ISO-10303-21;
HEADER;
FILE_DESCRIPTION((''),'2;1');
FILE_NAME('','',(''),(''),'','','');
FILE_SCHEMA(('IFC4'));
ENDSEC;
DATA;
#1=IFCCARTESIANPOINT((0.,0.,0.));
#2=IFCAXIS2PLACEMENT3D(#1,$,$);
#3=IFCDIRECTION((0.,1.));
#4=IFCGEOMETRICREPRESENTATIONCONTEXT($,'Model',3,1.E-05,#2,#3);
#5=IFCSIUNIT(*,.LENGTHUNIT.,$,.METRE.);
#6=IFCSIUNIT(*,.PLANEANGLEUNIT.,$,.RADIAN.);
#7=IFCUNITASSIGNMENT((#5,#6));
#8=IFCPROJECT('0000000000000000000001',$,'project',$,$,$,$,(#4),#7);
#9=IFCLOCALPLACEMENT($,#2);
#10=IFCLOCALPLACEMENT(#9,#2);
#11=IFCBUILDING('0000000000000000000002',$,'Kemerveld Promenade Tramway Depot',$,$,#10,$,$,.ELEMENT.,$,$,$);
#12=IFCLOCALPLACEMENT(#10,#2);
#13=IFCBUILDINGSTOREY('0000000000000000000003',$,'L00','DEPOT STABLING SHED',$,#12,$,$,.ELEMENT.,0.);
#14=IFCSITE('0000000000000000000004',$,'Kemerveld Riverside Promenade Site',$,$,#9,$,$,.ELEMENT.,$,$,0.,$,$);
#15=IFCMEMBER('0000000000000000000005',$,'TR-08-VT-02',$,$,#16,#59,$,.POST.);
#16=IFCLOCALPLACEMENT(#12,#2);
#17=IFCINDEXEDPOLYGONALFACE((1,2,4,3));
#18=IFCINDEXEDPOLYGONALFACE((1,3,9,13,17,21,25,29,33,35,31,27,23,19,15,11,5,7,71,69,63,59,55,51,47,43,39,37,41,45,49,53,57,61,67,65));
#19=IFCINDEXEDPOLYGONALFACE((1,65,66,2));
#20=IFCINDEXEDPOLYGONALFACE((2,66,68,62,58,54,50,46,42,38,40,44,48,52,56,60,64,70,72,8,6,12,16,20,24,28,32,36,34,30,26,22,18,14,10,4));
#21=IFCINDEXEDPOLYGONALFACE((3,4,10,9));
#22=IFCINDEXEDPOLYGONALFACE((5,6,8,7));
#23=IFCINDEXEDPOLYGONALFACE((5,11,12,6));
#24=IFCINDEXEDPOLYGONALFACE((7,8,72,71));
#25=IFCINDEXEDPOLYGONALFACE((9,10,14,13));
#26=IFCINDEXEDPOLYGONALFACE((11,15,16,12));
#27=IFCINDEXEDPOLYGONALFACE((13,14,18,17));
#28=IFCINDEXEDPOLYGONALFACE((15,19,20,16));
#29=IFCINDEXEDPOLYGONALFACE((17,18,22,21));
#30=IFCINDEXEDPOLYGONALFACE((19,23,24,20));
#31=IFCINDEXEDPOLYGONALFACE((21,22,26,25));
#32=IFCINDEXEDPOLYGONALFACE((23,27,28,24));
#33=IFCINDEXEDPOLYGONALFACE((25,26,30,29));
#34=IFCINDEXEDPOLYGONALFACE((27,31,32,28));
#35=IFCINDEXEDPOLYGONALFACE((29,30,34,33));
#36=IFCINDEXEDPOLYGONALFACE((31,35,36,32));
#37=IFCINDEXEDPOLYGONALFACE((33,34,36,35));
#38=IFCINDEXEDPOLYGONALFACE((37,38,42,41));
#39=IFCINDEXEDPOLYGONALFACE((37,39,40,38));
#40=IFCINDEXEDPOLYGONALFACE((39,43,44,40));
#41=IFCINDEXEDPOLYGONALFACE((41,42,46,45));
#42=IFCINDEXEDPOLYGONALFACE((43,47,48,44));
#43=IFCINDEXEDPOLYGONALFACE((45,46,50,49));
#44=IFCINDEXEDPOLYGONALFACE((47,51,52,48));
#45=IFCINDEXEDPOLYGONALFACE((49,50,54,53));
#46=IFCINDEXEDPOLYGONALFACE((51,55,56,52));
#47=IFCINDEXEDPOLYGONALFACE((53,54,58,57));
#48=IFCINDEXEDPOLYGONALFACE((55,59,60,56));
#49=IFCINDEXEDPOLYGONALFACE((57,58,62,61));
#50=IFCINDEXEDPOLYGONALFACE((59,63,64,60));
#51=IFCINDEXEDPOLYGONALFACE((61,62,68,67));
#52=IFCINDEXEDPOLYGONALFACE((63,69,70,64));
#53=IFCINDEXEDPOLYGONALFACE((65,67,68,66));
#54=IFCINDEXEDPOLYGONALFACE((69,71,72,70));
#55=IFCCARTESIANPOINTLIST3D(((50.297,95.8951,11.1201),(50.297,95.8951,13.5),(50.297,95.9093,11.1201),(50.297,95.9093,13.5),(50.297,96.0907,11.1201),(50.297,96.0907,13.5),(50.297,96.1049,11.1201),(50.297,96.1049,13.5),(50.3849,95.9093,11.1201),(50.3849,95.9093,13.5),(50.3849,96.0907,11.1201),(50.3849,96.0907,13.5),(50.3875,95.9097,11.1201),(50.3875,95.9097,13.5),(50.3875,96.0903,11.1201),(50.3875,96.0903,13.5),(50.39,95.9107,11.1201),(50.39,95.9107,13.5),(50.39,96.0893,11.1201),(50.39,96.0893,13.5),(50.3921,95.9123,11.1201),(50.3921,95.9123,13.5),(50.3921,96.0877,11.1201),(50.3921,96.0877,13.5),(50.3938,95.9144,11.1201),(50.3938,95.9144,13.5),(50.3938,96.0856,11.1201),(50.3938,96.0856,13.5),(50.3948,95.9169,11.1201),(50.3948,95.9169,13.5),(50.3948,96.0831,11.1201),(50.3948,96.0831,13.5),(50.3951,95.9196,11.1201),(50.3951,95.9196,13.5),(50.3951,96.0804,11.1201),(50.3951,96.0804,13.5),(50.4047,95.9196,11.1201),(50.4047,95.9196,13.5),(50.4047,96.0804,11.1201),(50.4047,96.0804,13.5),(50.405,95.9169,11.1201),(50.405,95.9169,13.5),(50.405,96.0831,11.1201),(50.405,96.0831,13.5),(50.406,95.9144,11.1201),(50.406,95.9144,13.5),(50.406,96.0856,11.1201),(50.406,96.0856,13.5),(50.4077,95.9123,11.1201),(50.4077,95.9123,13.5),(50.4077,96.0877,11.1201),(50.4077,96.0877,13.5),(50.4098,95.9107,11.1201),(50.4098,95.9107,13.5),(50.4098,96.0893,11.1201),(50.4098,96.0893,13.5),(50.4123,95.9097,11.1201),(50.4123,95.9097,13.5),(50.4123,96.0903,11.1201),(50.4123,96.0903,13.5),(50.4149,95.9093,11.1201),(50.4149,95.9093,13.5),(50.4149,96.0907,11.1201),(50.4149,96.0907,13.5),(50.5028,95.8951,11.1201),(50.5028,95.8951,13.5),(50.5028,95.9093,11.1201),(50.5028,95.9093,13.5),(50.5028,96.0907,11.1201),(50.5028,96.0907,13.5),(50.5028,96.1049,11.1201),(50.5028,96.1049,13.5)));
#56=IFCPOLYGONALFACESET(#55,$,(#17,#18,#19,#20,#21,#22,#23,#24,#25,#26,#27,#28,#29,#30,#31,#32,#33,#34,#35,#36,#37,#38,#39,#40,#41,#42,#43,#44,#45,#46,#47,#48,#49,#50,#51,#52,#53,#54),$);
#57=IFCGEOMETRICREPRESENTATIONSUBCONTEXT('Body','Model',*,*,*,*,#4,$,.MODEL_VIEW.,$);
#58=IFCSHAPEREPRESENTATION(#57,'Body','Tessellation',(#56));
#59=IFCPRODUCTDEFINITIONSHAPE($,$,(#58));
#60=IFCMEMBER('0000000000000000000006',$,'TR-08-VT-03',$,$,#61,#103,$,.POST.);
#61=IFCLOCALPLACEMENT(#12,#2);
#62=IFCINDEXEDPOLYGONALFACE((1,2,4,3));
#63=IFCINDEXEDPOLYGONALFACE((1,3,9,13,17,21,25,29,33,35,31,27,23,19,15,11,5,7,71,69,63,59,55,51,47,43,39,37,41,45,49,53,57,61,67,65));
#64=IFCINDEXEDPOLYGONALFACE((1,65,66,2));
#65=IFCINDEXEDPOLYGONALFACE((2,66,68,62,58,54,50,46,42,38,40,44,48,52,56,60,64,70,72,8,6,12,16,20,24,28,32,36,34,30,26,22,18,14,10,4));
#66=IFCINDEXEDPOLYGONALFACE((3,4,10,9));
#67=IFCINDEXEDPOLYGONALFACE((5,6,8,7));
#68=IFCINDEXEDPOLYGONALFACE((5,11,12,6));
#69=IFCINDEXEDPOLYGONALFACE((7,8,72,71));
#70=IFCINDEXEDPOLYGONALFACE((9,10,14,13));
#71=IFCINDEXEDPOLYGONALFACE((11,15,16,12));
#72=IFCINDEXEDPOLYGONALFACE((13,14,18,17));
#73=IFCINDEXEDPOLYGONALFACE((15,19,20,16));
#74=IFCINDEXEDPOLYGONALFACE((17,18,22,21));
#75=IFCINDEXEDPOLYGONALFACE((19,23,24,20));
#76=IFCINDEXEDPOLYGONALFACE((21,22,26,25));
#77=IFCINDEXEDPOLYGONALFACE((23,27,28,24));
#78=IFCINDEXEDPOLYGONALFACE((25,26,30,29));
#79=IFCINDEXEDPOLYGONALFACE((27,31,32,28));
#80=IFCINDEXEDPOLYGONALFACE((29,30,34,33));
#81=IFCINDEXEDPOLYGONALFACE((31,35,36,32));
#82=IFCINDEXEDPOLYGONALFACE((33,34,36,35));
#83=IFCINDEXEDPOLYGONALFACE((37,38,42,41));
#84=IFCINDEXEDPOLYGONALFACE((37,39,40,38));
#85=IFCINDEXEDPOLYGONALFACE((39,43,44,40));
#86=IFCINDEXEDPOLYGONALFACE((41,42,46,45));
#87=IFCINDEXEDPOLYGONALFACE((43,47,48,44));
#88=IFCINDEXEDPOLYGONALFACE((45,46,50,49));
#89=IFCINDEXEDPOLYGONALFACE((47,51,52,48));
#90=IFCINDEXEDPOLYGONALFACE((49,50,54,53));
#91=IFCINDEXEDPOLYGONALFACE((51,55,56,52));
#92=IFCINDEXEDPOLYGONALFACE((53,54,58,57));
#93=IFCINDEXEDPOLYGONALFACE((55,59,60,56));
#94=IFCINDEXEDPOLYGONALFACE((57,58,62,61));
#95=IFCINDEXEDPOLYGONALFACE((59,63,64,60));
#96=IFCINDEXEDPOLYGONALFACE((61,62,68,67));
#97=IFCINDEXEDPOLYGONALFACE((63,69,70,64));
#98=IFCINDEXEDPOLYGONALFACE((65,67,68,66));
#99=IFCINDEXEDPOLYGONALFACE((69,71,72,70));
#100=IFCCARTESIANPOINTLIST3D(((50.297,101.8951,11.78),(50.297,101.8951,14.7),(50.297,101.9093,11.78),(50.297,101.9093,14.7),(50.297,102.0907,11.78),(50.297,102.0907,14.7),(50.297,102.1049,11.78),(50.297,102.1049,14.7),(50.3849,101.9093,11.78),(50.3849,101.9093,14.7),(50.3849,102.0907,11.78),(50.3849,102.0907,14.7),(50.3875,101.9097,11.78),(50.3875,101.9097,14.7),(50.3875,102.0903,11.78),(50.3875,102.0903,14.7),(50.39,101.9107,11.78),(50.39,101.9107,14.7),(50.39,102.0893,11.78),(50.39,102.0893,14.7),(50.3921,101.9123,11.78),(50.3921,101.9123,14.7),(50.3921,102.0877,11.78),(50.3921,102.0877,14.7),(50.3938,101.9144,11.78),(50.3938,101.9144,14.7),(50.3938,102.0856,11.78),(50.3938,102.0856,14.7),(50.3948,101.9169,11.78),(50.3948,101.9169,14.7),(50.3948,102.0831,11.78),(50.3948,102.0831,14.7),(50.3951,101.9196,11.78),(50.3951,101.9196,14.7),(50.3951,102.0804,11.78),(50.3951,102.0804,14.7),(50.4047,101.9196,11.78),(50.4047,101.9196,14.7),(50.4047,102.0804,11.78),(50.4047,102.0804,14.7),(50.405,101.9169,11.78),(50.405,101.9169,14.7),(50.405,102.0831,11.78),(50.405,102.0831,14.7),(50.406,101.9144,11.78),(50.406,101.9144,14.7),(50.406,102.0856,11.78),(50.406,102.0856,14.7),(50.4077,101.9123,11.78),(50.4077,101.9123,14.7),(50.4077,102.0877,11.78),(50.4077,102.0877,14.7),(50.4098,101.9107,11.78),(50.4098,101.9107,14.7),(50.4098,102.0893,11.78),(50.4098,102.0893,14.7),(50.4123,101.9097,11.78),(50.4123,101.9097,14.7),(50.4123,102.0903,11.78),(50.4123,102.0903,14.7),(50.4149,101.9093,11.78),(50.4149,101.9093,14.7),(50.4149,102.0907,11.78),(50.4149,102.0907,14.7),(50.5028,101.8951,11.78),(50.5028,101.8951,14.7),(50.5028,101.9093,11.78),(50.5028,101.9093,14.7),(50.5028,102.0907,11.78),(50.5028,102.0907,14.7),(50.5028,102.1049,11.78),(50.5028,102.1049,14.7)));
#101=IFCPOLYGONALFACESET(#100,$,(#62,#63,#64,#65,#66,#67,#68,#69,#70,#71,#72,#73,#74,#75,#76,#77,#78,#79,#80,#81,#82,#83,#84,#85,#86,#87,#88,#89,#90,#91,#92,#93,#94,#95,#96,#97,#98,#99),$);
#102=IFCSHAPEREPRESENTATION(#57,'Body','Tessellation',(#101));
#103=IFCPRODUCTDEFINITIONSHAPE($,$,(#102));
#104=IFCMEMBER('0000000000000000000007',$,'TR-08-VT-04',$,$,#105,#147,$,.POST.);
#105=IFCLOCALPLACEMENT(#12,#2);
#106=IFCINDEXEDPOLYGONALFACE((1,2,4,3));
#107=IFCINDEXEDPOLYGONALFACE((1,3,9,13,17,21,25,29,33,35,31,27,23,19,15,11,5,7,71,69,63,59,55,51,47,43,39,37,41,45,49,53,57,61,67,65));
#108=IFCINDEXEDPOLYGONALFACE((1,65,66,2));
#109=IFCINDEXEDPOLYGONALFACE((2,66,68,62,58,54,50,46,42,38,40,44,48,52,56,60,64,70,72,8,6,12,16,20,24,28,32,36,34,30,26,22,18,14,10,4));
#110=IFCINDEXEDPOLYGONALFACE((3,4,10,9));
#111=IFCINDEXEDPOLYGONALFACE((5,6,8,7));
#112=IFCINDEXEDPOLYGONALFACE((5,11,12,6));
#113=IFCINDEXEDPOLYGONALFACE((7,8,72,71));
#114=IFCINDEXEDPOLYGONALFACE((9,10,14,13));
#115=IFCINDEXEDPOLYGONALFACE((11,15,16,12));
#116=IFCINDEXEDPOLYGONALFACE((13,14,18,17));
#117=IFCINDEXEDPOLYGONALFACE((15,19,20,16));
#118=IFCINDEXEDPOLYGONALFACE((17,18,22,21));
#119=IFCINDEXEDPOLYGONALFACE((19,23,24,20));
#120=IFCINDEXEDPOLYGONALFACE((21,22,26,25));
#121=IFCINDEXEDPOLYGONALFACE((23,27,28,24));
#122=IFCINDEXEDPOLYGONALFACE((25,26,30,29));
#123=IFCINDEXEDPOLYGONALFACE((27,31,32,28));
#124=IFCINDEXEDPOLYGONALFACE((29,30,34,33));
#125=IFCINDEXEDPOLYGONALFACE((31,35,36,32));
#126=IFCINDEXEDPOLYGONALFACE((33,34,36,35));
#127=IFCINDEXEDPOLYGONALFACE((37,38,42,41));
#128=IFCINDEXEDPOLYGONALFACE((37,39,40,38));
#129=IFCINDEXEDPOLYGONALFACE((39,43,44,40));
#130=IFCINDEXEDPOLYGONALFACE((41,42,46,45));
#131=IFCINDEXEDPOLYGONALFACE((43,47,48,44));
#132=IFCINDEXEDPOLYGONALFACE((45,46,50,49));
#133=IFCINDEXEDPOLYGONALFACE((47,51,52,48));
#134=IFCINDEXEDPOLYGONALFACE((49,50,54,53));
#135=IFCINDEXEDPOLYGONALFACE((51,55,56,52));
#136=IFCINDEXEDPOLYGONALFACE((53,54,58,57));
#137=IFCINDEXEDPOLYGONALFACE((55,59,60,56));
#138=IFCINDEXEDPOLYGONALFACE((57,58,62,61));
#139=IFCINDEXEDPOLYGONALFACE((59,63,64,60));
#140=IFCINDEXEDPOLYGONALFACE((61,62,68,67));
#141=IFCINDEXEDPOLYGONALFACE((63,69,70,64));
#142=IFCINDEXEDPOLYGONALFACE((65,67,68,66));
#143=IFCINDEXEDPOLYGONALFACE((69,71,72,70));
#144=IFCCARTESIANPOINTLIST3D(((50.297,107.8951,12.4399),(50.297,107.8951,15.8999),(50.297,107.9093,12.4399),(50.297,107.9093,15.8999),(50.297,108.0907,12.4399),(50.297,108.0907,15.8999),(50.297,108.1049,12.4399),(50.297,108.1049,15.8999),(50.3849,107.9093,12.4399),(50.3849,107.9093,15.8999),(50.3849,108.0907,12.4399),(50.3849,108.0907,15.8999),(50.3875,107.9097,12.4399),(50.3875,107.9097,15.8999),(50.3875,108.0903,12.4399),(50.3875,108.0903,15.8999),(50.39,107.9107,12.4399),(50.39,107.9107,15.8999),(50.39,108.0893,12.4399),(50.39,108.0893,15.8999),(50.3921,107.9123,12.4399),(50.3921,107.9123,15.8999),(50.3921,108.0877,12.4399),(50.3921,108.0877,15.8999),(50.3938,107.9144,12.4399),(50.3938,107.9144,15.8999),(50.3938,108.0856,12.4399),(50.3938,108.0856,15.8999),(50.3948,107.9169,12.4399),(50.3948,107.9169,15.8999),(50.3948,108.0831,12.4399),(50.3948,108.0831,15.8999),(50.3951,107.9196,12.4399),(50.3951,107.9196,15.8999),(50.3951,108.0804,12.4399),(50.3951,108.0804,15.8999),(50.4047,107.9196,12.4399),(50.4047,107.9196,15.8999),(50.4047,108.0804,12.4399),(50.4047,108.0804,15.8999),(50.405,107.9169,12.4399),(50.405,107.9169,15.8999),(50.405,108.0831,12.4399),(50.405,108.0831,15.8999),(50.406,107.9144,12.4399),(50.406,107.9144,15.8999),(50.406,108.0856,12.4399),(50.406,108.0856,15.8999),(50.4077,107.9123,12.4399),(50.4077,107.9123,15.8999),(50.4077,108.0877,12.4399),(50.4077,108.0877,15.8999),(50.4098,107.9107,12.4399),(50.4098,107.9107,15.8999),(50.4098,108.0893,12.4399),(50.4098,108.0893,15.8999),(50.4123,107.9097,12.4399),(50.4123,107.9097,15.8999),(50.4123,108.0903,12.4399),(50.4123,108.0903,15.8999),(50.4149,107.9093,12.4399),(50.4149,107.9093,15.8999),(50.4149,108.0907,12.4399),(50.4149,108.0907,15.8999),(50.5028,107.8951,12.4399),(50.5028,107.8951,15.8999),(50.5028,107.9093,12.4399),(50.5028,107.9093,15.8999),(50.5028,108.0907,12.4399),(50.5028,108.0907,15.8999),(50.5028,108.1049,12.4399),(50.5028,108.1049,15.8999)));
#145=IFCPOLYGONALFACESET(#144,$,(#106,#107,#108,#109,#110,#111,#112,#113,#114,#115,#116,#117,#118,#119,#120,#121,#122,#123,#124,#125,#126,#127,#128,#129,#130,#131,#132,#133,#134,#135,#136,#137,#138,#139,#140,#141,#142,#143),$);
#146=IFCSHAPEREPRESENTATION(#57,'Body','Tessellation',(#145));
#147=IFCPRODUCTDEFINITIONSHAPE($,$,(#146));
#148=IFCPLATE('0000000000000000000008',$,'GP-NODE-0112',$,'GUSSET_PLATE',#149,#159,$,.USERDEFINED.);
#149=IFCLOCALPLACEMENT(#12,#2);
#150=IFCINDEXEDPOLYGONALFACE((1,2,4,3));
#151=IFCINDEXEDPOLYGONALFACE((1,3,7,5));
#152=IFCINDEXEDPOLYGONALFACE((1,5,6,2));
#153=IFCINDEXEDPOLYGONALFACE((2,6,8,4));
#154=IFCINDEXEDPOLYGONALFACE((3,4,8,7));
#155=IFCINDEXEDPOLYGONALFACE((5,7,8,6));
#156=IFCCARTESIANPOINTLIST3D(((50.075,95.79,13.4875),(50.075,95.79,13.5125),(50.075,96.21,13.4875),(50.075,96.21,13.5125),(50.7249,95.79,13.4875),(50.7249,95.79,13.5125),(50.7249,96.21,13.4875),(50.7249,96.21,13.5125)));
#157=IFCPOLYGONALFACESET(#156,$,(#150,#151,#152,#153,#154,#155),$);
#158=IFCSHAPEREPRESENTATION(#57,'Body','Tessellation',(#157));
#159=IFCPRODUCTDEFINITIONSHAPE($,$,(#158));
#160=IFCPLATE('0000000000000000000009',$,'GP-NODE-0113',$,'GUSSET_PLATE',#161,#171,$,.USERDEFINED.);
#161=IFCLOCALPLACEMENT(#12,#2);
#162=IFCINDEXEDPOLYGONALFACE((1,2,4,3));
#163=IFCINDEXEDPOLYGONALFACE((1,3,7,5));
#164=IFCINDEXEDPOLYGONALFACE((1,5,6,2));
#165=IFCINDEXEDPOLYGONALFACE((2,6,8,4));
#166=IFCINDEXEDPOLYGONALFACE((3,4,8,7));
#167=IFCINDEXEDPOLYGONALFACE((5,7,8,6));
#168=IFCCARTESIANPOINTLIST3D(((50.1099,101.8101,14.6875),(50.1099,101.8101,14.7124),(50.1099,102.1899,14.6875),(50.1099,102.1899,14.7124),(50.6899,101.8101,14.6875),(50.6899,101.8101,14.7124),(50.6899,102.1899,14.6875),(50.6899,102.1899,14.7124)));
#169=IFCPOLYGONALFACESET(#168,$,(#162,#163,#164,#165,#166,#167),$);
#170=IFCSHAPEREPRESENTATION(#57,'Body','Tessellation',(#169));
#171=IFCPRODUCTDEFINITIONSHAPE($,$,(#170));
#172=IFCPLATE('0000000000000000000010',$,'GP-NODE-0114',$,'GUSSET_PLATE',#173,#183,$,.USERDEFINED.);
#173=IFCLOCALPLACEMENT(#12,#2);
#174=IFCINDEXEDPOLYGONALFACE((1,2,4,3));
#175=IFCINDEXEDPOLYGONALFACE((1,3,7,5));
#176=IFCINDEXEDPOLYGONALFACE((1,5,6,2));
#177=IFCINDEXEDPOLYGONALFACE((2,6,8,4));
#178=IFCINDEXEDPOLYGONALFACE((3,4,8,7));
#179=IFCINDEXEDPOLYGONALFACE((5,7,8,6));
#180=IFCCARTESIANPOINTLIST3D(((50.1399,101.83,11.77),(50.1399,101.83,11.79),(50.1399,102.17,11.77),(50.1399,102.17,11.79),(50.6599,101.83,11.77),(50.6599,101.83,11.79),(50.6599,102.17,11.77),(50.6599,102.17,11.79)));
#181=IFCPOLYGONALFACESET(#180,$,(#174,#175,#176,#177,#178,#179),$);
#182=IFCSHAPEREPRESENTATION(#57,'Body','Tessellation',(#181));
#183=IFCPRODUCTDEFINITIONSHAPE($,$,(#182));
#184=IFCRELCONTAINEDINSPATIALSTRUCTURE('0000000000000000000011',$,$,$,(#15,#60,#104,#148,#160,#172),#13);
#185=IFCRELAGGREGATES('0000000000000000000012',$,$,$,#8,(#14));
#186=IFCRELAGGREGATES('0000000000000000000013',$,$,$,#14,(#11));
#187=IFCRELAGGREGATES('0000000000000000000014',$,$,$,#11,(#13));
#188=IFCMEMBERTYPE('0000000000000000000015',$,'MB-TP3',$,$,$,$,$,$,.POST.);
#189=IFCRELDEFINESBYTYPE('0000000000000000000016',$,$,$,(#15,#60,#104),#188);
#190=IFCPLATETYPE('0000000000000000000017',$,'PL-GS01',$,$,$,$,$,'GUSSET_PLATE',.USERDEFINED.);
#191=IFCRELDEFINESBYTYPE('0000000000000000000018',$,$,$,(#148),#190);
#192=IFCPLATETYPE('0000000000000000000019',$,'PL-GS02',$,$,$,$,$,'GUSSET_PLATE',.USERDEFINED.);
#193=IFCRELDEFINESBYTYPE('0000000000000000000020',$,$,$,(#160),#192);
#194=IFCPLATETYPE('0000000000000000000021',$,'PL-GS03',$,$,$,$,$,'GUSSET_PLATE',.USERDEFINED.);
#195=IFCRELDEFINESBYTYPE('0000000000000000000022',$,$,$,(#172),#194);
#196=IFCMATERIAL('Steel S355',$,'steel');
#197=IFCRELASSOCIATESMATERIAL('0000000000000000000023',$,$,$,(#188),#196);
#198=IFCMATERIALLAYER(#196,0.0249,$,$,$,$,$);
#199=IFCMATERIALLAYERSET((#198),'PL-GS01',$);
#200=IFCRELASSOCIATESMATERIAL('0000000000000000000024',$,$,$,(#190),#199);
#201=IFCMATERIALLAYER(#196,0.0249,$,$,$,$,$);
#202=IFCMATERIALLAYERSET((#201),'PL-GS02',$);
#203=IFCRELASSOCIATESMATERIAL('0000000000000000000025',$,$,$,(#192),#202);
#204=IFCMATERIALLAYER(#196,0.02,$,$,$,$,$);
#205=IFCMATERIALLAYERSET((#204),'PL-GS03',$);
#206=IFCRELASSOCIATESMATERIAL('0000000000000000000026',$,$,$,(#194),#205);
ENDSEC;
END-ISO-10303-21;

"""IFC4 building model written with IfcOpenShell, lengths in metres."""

from ifc_helpers import new_model, si_unit, direction, frame, origin, origin_2d, place, context, subcontext, project, spatial, rectangle, i_section, extrude, material, layer, layer_set, material_profile, profile_set, type_object, element, save


model = new_model("IFC4")

# Units and contexts
model_context = context("Model", 3, precision=1e-05, world=origin(), true_north=direction((0.0, 1.0)))
body_context = subcontext(model_context, "Body", "Model", "MODEL_VIEW")
ifc_project = project(units=[si_unit("LENGTHUNIT", "METRE"), si_unit("PLANEANGLEUNIT", "RADIAN")], contexts=[model_context])

# Site, building, storey
site_placement = place(None, origin())
site = spatial("IfcSite", under=ifc_project, at=site_placement, Name="Kemerveld Riverside Promenade Site", CompositionType="ELEMENT", RefElevation=0.0)
building_placement = place(site_placement, origin())
building = spatial("IfcBuilding", under=site, at=building_placement, Name="Kemerveld Promenade Tramway Depot", CompositionType="ELEMENT")
storey_placement = place(building_placement, origin())
storey = spatial("IfcBuildingStorey", under=building, at=storey_placement, Name="L00", Description="DEPOT STABLING SHED", CompositionType="ELEMENT", Elevation=0.0)

# Members
ifc_material = material(Name="Steel S355", Category="steel")
ifc_material_profile_1 = material_profile(ifc_material, i_section(OverallWidth=0.2058, OverallDepth=0.2097, WebThickness=0.0095, FlangeThickness=0.0142, FilletRadius=0.0103, at=origin_2d()), Name="203x203x60 UC")
ifc_profile_set_1 = profile_set([ifc_material_profile_1], Name="Steel S355")
member_type_1 = type_object("IfcMemberType", Name="MB-TP3", PredefinedType="POST", material=ifc_profile_set_1)
member_1_placement = place(storey_placement, frame((50.3999, 96.0, 11.1201), z_axis=(0.0, 0.0, 1.0), x_axis=(1.0, 0.0, 0.0)))
element("IfcMember", 1, at=member_1_placement, inside=storey, type_object=member_type_1, Name="TR-08-VT-02", PredefinedType="POST", context=body_context, shape_type="SweptSolid", body=[
    extrude(i_section(OverallWidth=0.2058, OverallDepth=0.2097, WebThickness=0.0095, FlangeThickness=0.0142, FilletRadius=0.0103, at=origin_2d()), origin(), (0.0, 0.0, 1.0), 2.3799),
])
member_2_placement = place(storey_placement, frame((50.3999, 102.0, 11.78), z_axis=(0.0, 0.0, 1.0), x_axis=(1.0, 0.0, 0.0)))
element("IfcMember", 2, at=member_2_placement, inside=storey, type_object=member_type_1, Name="TR-08-VT-03", PredefinedType="POST", context=body_context, shape_type="SweptSolid", body=[
    extrude(i_section(OverallWidth=0.2058, OverallDepth=0.2097, WebThickness=0.0095, FlangeThickness=0.0142, FilletRadius=0.0103, at=origin_2d()), origin(), (0.0, 0.0, 1.0), 2.9199),
])
member_3_placement = place(storey_placement, frame((50.3999, 108.0, 12.4399), z_axis=(0.0, 0.0, 1.0), x_axis=(1.0, 0.0, 0.0)))
element("IfcMember", 3, at=member_3_placement, inside=storey, type_object=member_type_1, Name="TR-08-VT-04", PredefinedType="POST", context=body_context, shape_type="SweptSolid", body=[
    extrude(i_section(OverallWidth=0.2058, OverallDepth=0.2097, WebThickness=0.0095, FlangeThickness=0.0142, FilletRadius=0.0103, at=origin_2d()), origin(), (0.0, 0.0, 1.0), 3.46),
])

# Plates
ifc_layer_1 = layer(ifc_material, 0.0249)
ifc_layer_set_1 = layer_set([ifc_layer_1], Name="PL-GS01")
plate_type_1 = type_object("IfcPlateType", Name="PL-GS01", ElementType="GUSSET_PLATE", PredefinedType="USERDEFINED", material=ifc_layer_set_1)
plate_1_placement = place(storey_placement, frame((50.3999, 96.0, 13.4875), z_axis=(0.0, 0.0, 1.0), x_axis=(1.0, 0.0, 0.0)))
element("IfcPlate", 4, at=plate_1_placement, inside=storey, type_object=plate_type_1, Name="GP-NODE-0112", ObjectType="GUSSET_PLATE", PredefinedType="USERDEFINED", context=body_context, shape_type="SweptSolid", body=[
    extrude(rectangle(XDim=0.6499, YDim=0.4199, at=origin_2d()), origin(), (0.0, 0.0, 1.0), 0.0249),
])
ifc_layer_2 = layer(ifc_material, 0.0249)
ifc_layer_set_2 = layer_set([ifc_layer_2], Name="PL-GS02")
plate_type_2 = type_object("IfcPlateType", Name="PL-GS02", ElementType="GUSSET_PLATE", PredefinedType="USERDEFINED", material=ifc_layer_set_2)
plate_2_placement = place(storey_placement, frame((50.3999, 102.0, 14.6875), z_axis=(0.0, 0.0, 1.0), x_axis=(1.0, 0.0, 0.0)))
element("IfcPlate", 5, at=plate_2_placement, inside=storey, type_object=plate_type_2, Name="GP-NODE-0113", ObjectType="GUSSET_PLATE", PredefinedType="USERDEFINED", context=body_context, shape_type="SweptSolid", body=[
    extrude(rectangle(XDim=0.5801, YDim=0.3799, at=origin_2d()), origin(), (0.0, 0.0, 1.0), 0.0249),
])
ifc_layer_3 = layer(ifc_material, 0.02)
ifc_layer_set_3 = layer_set([ifc_layer_3], Name="PL-GS03")
plate_type_3 = type_object("IfcPlateType", Name="PL-GS03", ElementType="GUSSET_PLATE", PredefinedType="USERDEFINED", material=ifc_layer_set_3)
plate_3_placement = place(storey_placement, frame((50.3999, 102.0, 11.77), z_axis=(0.0, 0.0, 1.0), x_axis=(1.0, 0.0, 0.0)))
element("IfcPlate", 6, at=plate_3_placement, inside=storey, type_object=plate_type_3, Name="GP-NODE-0114", ObjectType="GUSSET_PLATE", PredefinedType="USERDEFINED", context=body_context, shape_type="SweptSolid", body=[
    extrude(rectangle(XDim=0.52, YDim=0.3401, at=origin_2d()), origin(), (0.0, 0.0, 1.0), 0.02),
])

save(model, "model.ifc")
